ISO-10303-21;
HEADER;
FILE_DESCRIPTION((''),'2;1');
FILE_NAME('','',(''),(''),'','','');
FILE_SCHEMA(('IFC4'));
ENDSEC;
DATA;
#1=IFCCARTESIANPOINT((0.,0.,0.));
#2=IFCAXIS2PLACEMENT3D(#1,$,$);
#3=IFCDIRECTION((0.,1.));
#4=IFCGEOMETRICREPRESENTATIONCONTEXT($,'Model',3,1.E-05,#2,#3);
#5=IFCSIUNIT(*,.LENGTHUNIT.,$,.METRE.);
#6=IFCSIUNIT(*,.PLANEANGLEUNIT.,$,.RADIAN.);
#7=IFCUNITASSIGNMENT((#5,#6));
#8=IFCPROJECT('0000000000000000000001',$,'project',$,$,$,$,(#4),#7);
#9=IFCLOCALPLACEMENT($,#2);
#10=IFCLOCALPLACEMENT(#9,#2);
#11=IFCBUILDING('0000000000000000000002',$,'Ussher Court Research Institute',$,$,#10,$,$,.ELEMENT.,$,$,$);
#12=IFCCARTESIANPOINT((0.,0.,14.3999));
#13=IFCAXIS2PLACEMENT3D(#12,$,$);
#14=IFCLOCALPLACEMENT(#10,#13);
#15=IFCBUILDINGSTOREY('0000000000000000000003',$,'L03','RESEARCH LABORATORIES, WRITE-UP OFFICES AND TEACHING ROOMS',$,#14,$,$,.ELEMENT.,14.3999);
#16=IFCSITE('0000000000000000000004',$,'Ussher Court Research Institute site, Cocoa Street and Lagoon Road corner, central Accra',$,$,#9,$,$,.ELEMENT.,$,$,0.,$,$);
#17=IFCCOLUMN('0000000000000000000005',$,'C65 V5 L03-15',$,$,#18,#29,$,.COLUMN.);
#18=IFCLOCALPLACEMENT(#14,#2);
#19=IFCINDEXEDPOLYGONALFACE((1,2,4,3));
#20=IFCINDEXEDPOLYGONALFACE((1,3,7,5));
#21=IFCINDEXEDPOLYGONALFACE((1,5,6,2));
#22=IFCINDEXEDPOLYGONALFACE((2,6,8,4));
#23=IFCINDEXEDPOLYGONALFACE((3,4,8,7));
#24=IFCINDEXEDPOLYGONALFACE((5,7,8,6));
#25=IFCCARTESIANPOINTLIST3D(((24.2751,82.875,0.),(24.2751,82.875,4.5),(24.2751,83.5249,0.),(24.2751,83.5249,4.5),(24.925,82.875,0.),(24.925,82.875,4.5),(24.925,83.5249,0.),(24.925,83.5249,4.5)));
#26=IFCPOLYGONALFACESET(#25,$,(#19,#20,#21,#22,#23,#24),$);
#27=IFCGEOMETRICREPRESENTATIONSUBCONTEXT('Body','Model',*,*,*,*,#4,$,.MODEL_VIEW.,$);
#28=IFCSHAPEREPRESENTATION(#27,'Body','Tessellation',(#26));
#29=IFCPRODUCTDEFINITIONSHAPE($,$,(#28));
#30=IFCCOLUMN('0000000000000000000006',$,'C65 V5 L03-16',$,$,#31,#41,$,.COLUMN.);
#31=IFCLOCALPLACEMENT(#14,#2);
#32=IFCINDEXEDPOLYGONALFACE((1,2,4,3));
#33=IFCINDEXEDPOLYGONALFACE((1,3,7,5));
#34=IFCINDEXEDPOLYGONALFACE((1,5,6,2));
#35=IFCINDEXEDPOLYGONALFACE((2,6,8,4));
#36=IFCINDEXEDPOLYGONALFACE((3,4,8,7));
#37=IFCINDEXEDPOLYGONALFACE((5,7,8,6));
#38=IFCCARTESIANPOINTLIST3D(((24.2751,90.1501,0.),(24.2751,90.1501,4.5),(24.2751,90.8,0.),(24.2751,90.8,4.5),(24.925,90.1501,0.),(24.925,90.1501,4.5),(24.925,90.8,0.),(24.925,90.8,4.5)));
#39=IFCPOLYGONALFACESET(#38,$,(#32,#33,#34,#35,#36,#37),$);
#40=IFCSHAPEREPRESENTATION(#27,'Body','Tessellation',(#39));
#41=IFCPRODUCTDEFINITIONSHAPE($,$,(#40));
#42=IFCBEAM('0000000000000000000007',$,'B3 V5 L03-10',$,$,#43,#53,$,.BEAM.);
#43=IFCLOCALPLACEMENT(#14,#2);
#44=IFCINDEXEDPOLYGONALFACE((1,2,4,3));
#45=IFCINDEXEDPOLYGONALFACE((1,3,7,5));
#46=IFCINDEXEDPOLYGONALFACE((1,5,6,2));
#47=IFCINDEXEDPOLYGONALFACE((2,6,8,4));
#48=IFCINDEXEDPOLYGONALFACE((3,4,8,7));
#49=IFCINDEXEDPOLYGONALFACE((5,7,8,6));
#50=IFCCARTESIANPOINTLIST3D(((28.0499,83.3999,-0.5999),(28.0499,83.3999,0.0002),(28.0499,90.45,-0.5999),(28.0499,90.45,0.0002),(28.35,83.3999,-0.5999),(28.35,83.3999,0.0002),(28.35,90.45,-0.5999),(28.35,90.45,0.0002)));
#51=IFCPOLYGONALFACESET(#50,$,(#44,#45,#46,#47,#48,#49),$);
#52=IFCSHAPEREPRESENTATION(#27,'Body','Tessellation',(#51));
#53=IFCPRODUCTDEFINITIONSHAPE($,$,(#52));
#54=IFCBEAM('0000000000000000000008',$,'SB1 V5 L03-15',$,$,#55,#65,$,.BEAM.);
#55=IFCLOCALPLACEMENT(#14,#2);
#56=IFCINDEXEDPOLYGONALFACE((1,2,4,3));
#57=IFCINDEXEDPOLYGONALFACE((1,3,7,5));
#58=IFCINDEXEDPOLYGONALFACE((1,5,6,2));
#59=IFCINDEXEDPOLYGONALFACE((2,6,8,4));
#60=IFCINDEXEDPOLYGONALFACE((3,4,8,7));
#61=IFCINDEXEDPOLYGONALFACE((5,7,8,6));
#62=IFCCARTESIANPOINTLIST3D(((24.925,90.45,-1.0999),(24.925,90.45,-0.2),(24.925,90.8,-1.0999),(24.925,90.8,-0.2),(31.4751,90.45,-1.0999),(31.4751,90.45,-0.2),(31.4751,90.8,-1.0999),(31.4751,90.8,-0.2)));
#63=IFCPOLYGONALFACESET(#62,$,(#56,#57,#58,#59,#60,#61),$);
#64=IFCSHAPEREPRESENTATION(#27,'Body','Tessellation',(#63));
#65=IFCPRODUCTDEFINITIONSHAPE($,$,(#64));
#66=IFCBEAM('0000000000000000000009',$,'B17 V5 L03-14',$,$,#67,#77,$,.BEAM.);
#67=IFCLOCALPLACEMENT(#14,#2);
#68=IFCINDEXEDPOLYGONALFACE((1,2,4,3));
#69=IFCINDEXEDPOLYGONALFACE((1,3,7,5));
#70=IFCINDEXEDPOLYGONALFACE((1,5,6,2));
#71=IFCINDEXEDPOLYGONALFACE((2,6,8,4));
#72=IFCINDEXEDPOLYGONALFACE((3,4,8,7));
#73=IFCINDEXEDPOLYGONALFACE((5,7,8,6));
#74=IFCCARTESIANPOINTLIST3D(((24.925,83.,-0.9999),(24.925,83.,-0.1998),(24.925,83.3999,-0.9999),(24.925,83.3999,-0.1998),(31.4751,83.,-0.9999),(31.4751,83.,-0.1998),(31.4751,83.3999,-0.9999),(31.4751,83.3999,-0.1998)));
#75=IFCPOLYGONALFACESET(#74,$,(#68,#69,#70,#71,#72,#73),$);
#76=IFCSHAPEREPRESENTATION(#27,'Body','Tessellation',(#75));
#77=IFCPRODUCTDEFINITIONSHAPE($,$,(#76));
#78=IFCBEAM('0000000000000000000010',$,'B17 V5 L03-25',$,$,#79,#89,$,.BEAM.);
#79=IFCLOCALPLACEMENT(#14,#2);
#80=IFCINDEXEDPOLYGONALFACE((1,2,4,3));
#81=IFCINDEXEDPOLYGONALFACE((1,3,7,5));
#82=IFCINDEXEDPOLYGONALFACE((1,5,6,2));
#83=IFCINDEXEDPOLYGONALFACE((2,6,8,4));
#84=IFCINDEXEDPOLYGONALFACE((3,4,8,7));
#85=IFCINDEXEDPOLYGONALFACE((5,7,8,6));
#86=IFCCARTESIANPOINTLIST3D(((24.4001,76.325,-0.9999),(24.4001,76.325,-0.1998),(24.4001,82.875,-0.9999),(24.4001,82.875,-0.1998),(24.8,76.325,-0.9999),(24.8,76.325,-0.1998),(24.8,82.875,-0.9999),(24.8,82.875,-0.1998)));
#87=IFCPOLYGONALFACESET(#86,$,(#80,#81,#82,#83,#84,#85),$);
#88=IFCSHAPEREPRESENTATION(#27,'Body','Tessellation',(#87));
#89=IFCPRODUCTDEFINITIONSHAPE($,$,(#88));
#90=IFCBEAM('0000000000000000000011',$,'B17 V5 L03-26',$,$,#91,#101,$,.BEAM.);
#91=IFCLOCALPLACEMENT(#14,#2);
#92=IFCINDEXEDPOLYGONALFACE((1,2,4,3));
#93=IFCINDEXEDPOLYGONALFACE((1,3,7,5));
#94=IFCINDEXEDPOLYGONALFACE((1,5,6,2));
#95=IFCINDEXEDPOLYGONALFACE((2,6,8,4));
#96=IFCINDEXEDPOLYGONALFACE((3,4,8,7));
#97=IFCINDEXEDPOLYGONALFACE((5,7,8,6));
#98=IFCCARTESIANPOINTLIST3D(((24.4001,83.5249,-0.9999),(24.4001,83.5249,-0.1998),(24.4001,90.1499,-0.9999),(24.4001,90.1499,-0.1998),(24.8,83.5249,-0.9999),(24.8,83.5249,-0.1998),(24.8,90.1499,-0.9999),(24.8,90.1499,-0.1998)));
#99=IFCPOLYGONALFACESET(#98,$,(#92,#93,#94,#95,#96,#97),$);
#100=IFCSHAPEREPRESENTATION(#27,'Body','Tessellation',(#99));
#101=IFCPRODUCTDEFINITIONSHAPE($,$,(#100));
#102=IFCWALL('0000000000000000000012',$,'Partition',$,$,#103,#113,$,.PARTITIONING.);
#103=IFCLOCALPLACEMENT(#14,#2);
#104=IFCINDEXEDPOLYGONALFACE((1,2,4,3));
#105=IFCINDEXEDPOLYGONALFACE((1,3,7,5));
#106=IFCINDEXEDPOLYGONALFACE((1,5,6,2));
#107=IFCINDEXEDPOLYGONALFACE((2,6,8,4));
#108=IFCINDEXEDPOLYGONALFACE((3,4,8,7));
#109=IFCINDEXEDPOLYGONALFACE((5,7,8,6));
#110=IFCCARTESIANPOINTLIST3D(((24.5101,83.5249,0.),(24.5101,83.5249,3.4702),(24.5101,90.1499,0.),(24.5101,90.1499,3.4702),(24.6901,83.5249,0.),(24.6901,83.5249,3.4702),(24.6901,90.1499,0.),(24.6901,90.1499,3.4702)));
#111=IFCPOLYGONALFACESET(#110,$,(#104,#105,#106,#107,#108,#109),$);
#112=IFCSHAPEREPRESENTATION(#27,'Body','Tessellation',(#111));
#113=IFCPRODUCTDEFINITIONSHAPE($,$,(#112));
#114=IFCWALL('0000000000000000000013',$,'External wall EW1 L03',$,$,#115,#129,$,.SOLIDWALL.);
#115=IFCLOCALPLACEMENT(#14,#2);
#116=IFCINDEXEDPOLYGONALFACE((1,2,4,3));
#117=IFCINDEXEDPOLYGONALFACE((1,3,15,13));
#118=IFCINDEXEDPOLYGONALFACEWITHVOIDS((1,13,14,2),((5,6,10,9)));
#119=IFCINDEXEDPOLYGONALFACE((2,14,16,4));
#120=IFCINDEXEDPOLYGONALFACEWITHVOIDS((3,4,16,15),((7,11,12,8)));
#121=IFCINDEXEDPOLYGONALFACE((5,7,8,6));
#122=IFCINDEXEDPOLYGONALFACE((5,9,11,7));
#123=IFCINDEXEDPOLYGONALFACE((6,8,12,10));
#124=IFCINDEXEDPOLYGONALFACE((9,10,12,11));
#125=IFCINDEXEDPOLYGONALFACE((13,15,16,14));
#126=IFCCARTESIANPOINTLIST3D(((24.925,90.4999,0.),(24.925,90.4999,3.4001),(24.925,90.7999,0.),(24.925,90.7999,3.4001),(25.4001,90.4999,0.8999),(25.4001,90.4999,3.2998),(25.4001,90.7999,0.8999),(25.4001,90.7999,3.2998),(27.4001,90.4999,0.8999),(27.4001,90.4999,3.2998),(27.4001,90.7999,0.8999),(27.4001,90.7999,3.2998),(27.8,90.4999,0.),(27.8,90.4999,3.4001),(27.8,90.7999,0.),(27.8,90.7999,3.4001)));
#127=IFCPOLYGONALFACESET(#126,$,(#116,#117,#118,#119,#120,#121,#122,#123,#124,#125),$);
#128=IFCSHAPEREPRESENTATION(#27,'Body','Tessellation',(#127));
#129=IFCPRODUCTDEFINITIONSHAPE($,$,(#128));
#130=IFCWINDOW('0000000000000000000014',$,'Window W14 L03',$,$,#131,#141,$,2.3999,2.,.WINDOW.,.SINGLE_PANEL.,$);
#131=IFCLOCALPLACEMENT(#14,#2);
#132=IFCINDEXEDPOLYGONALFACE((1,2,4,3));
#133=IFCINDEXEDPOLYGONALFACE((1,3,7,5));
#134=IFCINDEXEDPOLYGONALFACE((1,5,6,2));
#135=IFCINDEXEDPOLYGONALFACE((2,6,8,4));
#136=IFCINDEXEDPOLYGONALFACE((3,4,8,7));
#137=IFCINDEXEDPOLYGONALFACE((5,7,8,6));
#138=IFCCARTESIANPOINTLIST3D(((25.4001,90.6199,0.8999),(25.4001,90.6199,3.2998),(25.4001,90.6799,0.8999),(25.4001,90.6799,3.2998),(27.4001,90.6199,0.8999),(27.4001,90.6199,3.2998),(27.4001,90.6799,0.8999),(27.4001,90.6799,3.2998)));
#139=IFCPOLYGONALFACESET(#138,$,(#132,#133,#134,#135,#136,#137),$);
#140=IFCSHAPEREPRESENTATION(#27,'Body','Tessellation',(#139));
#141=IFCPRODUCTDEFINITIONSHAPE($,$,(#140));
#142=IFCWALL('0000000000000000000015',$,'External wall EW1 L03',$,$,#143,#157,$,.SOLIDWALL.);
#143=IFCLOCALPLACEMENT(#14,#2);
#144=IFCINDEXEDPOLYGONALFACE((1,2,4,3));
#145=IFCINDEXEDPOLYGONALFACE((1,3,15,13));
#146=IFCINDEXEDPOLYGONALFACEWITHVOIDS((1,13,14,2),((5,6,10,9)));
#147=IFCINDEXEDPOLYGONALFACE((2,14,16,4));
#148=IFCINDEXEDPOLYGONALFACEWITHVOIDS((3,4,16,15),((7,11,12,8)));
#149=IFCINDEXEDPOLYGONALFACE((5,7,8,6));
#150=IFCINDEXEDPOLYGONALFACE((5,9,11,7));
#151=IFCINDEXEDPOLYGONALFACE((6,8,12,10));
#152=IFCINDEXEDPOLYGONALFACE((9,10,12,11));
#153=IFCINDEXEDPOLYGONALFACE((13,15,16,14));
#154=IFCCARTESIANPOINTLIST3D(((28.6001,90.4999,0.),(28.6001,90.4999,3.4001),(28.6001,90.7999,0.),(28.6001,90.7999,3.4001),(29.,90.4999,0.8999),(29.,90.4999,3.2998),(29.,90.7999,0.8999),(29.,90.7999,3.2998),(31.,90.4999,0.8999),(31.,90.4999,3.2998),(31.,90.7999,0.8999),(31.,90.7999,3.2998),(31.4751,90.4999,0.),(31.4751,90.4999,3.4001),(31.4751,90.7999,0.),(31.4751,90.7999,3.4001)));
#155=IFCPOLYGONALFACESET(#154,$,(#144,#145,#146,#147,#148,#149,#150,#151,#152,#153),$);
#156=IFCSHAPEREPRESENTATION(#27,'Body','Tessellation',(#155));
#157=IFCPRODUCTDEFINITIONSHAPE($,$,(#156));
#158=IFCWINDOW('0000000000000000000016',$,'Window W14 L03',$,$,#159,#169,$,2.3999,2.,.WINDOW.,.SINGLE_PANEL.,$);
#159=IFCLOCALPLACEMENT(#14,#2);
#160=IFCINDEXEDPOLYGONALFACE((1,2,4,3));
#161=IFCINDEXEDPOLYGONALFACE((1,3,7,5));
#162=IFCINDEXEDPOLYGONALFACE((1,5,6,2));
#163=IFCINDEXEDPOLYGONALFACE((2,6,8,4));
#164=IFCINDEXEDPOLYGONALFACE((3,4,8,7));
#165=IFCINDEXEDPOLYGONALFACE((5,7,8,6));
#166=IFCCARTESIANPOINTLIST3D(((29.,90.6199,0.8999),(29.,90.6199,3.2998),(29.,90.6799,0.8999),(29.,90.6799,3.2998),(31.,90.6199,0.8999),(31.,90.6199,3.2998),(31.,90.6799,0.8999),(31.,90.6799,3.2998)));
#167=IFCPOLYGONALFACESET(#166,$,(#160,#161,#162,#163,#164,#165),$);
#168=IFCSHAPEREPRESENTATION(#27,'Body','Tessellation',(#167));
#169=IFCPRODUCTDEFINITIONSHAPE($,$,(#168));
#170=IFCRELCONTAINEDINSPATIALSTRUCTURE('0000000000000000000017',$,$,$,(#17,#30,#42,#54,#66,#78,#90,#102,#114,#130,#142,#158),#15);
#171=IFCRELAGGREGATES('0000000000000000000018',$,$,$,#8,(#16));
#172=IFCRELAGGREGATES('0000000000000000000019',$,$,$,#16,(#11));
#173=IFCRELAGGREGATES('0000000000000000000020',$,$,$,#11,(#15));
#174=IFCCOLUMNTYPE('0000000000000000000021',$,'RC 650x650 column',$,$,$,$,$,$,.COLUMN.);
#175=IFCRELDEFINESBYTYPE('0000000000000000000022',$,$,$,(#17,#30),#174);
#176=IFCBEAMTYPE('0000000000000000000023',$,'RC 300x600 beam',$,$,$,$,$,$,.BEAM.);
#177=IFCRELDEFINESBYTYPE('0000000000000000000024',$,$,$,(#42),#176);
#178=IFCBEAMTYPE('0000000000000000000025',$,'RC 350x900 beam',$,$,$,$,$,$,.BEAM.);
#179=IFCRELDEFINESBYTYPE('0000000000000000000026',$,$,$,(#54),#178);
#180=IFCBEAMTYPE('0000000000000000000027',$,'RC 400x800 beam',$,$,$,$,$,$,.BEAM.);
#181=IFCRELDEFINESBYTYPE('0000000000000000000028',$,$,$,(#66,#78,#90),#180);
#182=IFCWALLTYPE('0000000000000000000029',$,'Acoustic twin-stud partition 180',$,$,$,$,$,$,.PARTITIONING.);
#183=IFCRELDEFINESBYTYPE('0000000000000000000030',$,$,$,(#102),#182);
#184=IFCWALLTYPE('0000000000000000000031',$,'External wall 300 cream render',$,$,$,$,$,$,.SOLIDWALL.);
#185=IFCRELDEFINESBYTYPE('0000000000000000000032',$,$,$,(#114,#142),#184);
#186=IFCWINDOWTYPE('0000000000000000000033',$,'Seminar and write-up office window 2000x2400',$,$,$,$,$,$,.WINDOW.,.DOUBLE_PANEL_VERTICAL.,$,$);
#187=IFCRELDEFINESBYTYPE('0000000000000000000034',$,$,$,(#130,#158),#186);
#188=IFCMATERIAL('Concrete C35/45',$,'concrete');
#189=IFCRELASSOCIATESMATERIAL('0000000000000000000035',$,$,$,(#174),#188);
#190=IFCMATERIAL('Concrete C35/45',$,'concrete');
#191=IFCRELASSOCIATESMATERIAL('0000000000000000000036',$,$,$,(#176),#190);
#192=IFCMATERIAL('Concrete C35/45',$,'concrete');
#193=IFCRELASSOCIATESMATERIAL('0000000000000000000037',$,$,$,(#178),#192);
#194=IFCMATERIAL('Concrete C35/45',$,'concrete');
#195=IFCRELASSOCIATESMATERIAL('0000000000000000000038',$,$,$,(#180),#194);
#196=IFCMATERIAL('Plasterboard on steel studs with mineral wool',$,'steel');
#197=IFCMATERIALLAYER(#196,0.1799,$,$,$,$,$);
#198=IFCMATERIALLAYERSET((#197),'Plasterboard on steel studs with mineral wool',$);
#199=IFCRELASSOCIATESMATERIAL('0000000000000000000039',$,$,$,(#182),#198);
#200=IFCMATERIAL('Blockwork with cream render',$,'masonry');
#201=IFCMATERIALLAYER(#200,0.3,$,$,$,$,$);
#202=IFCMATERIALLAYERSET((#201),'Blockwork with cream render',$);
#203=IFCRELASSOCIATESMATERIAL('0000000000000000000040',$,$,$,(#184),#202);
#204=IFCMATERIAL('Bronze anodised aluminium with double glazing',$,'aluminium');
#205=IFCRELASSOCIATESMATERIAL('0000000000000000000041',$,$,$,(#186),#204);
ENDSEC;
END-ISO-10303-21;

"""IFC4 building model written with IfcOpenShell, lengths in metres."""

from ifc_helpers import new_model, si_unit, direction, frame, frame_2d, origin, origin_2d, place, context, subcontext, project, spatial, rectangle, extrude, material, layer, layer_set, material_profile, profile_set, type_object, element, fill, save


model = new_model("IFC4")

# Units and contexts
model_context = context("Model", 3, precision=1e-05, world=origin(), true_north=direction((0.0, 1.0)))
body_context = subcontext(model_context, "Body", "Model", "MODEL_VIEW")
ifc_project = project(units=[si_unit("LENGTHUNIT", "METRE"), si_unit("PLANEANGLEUNIT", "RADIAN")], contexts=[model_context])

# Site, building, storey
site_placement = place(None, origin())
site = spatial("IfcSite", under=ifc_project, at=site_placement, Name="Ussher Court Research Institute site, Cocoa Street and Lagoon Road corner, central Accra", CompositionType="ELEMENT", RefElevation=0.0)
building_placement = place(site_placement, origin())
building = spatial("IfcBuilding", under=site, at=building_placement, Name="Ussher Court Research Institute", CompositionType="ELEMENT")
storey_placement = place(building_placement, frame((0.0, 0.0, 14.3999)))
storey = spatial("IfcBuildingStorey", under=building, at=storey_placement, Name="L03", Description="RESEARCH LABORATORIES, WRITE-UP OFFICES AND TEACHING ROOMS", CompositionType="ELEMENT", Elevation=14.3999)

# Columns
ifc_material_1 = material(Name="Concrete C35/45", Category="concrete")
ifc_material_profile_1 = material_profile(ifc_material_1, rectangle(XDim=0.6499, YDim=0.6499, at=origin_2d()), Name="RC 650x650")
ifc_profile_set_1 = profile_set([ifc_material_profile_1], Name="Concrete C35/45")
column_type = type_object("IfcColumnType", Name="RC 650x650 column", PredefinedType="COLUMN", material=ifc_profile_set_1)
for number, where, z_axis, x_axis, name in (
    (1, (24.6001, 83.2, 0.0), (0.0, 0.0, 1.0), (1.0, 0.0, 0.0), "C65 V5 L03-15"),
    (2, (24.6001, 90.4751, 0.0), (0.0, 0.0, 1.0), (1.0, 0.0, 0.0), "C65 V5 L03-16"),
):
    element("IfcColumn", number, at=place(storey_placement, frame(where, z_axis=z_axis, x_axis=x_axis)), inside=storey, type_object=column_type, Name=name, PredefinedType="COLUMN", context=body_context, shape_type="SweptSolid", body=[
        extrude(rectangle(XDim=0.6499, YDim=0.6499, at=origin_2d()), origin(), (0.0, 0.0, 1.0), 4.5),
    ])

# Beams
ifc_material_2 = material(Name="Concrete C35/45", Category="concrete")
ifc_material_profile_2 = material_profile(ifc_material_2, rectangle(XDim=0.3, YDim=0.6001, at=origin_2d()), Name="RC 300x600")
ifc_profile_set_2 = profile_set([ifc_material_profile_2], Name="Concrete C35/45")
beam_type_1 = type_object("IfcBeamType", Name="RC 300x600 beam", PredefinedType="BEAM", material=ifc_profile_set_2)
beam_1_placement = place(storey_placement, frame((28.2, 83.3999, -0.2998), z_axis=(0.0, 1.0, 0.0), x_axis=(-1.0, 0.0, 0.0)))
element("IfcBeam", 3, at=beam_1_placement, inside=storey, type_object=beam_type_1, Name="B3 V5 L03-10", PredefinedType="BEAM", context=body_context, shape_type="SweptSolid", body=[
    extrude(rectangle(XDim=0.3, YDim=0.6001, at=origin_2d()), origin(), (0.0, 0.0, 1.0), 7.05),
])
ifc_material_3 = material(Name="Concrete C35/45", Category="concrete")
ifc_material_profile_3 = material_profile(ifc_material_3, rectangle(XDim=0.3501, YDim=0.8999, at=origin_2d()), Name="RC 350x900")
ifc_profile_set_3 = profile_set([ifc_material_profile_3], Name="Concrete C35/45")
beam_type_2 = type_object("IfcBeamType", Name="RC 350x900 beam", PredefinedType="BEAM", material=ifc_profile_set_3)
beam_2_placement = place(storey_placement, frame((24.925, 90.625, -0.6499), z_axis=(1.0, 0.0, 0.0), x_axis=(0.0, 1.0, 0.0)))
element("IfcBeam", 4, at=beam_2_placement, inside=storey, type_object=beam_type_2, Name="SB1 V5 L03-15", PredefinedType="BEAM", context=body_context, shape_type="SweptSolid", body=[
    extrude(rectangle(XDim=0.3501, YDim=0.8999, at=origin_2d()), origin(), (0.0, 0.0, 1.0), 6.55),
])
ifc_material_4 = material(Name="Concrete C35/45", Category="concrete")
ifc_material_profile_4 = material_profile(ifc_material_4, rectangle(XDim=0.3999, YDim=0.8, at=origin_2d()), Name="RC 400x800")
ifc_profile_set_4 = profile_set([ifc_material_profile_4], Name="Concrete C35/45")
beam_type_3 = type_object("IfcBeamType", Name="RC 400x800 beam", PredefinedType="BEAM", material=ifc_profile_set_4)
for number, where, z_axis, x_axis, name in (
    (5, (24.925, 83.2, -0.5999), (1.0, 0.0, 0.0), (0.0, 1.0, 0.0), "B17 V5 L03-14"),
    (6, (24.6001, 76.325, -0.5999), (0.0, 1.0, 0.0), (-1.0, 0.0, 0.0), "B17 V5 L03-25"),
):
    element("IfcBeam", number, at=place(storey_placement, frame(where, z_axis=z_axis, x_axis=x_axis)), inside=storey, type_object=beam_type_3, Name=name, PredefinedType="BEAM", context=body_context, shape_type="SweptSolid", body=[
        extrude(rectangle(XDim=0.3999, YDim=0.8, at=origin_2d()), origin(), (0.0, 0.0, 1.0), 6.55),
    ])
beam_3_placement = place(storey_placement, frame((24.6001, 83.5249, -0.5999), z_axis=(0.0, 1.0, 0.0), x_axis=(-1.0, 0.0, 0.0)))
element("IfcBeam", 7, at=beam_3_placement, inside=storey, type_object=beam_type_3, Name="B17 V5 L03-26", PredefinedType="BEAM", context=body_context, shape_type="SweptSolid", body=[
    extrude(rectangle(XDim=0.3999, YDim=0.8, at=origin_2d()), origin(), (0.0, 0.0, 1.0), 6.625),
])

# Wall
ifc_material_5 = material(Name="Plasterboard on steel studs with mineral wool", Category="steel")
ifc_layer_1 = layer(ifc_material_5, 0.1799)
ifc_layer_set_1 = layer_set([ifc_layer_1], Name="Plasterboard on steel studs with mineral wool")
wall_type_1 = type_object("IfcWallType", Name="Acoustic twin-stud partition 180", PredefinedType="PARTITIONING", material=ifc_layer_set_1)
wall_1_placement = place(storey_placement, frame((24.6001, 83.5249, 0.0), z_axis=(0.0, 0.0, 1.0), x_axis=(0.0, 1.0, 0.0)))
element("IfcWall", 8, at=wall_1_placement, inside=storey, type_object=wall_type_1, Name="Partition", PredefinedType="PARTITIONING", context=body_context, shape_type="SweptSolid", body=[
    extrude(rectangle(XDim=6.625, YDim=0.1799, at=frame_2d((3.3125, 0.0))), origin(), (0.0, 0.0, 1.0), 3.4702),
])

# Walls, openings, windows
ifc_material_6 = material(Name="Blockwork with cream render", Category="masonry")
ifc_layer_2 = layer(ifc_material_6, 0.3)
ifc_layer_set_2 = layer_set([ifc_layer_2], Name="Blockwork with cream render")
wall_type_2 = type_object("IfcWallType", Name="External wall 300 cream render", PredefinedType="SOLIDWALL", material=ifc_layer_set_2)
wall_2_placement = place(storey_placement, frame((24.925, 90.6499, 0.0), z_axis=(0.0, 0.0, 1.0), x_axis=(1.0, 0.0, 0.0)))
wall_2 = element("IfcWall", 9, at=wall_2_placement, inside=storey, type_object=wall_type_2, Name="External wall EW1 L03", PredefinedType="SOLIDWALL", context=body_context, shape_type="SweptSolid", body=[
    extrude(rectangle(XDim=2.875, YDim=0.3, at=frame_2d((1.4375, 0.0))), origin(), (0.0, 0.0, 1.0), 3.4001),
])
opening_1_placement = place(wall_2_placement, frame((0.4751, 0.0, 0.8999)))
opening_1 = element("IfcOpeningElement", 10, at=opening_1_placement, cuts=wall_2, PredefinedType="OPENING", context=body_context, shape_type="SweptSolid", body=[
    extrude(rectangle(XDim=2.0, YDim=2.3999, at=frame_2d((1.0, 1.2))), frame((0.0, 0.1602, 0.0), z_axis=(0.0, -1.0, 0.0), x_axis=(1.0, 0.0, 0.0)), (0.0, 0.0, 1.0), 0.3201),
])
ifc_material_7 = material(Name="Bronze anodised aluminium with double glazing", Category="aluminium")
window_type = type_object("IfcWindowType", Name="Seminar and write-up office window 2000x2400", PartitioningType="DOUBLE_PANEL_VERTICAL", PredefinedType="WINDOW", material=ifc_material_7)
window_1_placement = place(opening_1_placement, origin())
window_1 = element("IfcWindow", 11, at=window_1_placement, inside=storey, type_object=window_type, Name="Window W14 L03", OverallHeight=2.3999, OverallWidth=2.0, PartitioningType="SINGLE_PANEL", PredefinedType="WINDOW", context=body_context, shape_type="SweptSolid", body=[
    extrude(rectangle(XDim=2.0, YDim=2.3999, at=frame_2d((1.0, 1.2))), frame((0.0, 0.03, 0.0), z_axis=(0.0, -1.0, 0.0), x_axis=(1.0, 0.0, 0.0)), (0.0, 0.0, 1.0), 0.0601),
])
fill(opening_1, window_1)
wall_3_placement = place(storey_placement, frame((28.6001, 90.6499, 0.0), z_axis=(0.0, 0.0, 1.0), x_axis=(1.0, 0.0, 0.0)))
wall_3 = element("IfcWall", 12, at=wall_3_placement, inside=storey, type_object=wall_type_2, Name="External wall EW1 L03", PredefinedType="SOLIDWALL", context=body_context, shape_type="SweptSolid", body=[
    extrude(rectangle(XDim=2.875, YDim=0.3, at=frame_2d((1.4375, 0.0))), origin(), (0.0, 0.0, 1.0), 3.4001),
])
opening_2_placement = place(wall_3_placement, frame((0.3999, 0.0, 0.8999)))
opening_2 = element("IfcOpeningElement", 13, at=opening_2_placement, cuts=wall_3, PredefinedType="OPENING", context=body_context, shape_type="SweptSolid", body=[
    extrude(rectangle(XDim=2.0, YDim=2.3999, at=frame_2d((1.0, 1.2))), frame((0.0, 0.1602, 0.0), z_axis=(0.0, -1.0, 0.0), x_axis=(1.0, 0.0, 0.0)), (0.0, 0.0, 1.0), 0.3201),
])
window_2_placement = place(opening_2_placement, origin())
window_2 = element("IfcWindow", 14, at=window_2_placement, inside=storey, type_object=window_type, Name="Window W14 L03", OverallHeight=2.3999, OverallWidth=2.0, PartitioningType="SINGLE_PANEL", PredefinedType="WINDOW", context=body_context, shape_type="SweptSolid", body=[
    extrude(rectangle(XDim=2.0, YDim=2.3999, at=frame_2d((1.0, 1.2))), frame((0.0, 0.03, 0.0), z_axis=(0.0, -1.0, 0.0), x_axis=(1.0, 0.0, 0.0)), (0.0, 0.0, 1.0), 0.0601),
])
fill(opening_2, window_2)

save(model, "model.ifc")
